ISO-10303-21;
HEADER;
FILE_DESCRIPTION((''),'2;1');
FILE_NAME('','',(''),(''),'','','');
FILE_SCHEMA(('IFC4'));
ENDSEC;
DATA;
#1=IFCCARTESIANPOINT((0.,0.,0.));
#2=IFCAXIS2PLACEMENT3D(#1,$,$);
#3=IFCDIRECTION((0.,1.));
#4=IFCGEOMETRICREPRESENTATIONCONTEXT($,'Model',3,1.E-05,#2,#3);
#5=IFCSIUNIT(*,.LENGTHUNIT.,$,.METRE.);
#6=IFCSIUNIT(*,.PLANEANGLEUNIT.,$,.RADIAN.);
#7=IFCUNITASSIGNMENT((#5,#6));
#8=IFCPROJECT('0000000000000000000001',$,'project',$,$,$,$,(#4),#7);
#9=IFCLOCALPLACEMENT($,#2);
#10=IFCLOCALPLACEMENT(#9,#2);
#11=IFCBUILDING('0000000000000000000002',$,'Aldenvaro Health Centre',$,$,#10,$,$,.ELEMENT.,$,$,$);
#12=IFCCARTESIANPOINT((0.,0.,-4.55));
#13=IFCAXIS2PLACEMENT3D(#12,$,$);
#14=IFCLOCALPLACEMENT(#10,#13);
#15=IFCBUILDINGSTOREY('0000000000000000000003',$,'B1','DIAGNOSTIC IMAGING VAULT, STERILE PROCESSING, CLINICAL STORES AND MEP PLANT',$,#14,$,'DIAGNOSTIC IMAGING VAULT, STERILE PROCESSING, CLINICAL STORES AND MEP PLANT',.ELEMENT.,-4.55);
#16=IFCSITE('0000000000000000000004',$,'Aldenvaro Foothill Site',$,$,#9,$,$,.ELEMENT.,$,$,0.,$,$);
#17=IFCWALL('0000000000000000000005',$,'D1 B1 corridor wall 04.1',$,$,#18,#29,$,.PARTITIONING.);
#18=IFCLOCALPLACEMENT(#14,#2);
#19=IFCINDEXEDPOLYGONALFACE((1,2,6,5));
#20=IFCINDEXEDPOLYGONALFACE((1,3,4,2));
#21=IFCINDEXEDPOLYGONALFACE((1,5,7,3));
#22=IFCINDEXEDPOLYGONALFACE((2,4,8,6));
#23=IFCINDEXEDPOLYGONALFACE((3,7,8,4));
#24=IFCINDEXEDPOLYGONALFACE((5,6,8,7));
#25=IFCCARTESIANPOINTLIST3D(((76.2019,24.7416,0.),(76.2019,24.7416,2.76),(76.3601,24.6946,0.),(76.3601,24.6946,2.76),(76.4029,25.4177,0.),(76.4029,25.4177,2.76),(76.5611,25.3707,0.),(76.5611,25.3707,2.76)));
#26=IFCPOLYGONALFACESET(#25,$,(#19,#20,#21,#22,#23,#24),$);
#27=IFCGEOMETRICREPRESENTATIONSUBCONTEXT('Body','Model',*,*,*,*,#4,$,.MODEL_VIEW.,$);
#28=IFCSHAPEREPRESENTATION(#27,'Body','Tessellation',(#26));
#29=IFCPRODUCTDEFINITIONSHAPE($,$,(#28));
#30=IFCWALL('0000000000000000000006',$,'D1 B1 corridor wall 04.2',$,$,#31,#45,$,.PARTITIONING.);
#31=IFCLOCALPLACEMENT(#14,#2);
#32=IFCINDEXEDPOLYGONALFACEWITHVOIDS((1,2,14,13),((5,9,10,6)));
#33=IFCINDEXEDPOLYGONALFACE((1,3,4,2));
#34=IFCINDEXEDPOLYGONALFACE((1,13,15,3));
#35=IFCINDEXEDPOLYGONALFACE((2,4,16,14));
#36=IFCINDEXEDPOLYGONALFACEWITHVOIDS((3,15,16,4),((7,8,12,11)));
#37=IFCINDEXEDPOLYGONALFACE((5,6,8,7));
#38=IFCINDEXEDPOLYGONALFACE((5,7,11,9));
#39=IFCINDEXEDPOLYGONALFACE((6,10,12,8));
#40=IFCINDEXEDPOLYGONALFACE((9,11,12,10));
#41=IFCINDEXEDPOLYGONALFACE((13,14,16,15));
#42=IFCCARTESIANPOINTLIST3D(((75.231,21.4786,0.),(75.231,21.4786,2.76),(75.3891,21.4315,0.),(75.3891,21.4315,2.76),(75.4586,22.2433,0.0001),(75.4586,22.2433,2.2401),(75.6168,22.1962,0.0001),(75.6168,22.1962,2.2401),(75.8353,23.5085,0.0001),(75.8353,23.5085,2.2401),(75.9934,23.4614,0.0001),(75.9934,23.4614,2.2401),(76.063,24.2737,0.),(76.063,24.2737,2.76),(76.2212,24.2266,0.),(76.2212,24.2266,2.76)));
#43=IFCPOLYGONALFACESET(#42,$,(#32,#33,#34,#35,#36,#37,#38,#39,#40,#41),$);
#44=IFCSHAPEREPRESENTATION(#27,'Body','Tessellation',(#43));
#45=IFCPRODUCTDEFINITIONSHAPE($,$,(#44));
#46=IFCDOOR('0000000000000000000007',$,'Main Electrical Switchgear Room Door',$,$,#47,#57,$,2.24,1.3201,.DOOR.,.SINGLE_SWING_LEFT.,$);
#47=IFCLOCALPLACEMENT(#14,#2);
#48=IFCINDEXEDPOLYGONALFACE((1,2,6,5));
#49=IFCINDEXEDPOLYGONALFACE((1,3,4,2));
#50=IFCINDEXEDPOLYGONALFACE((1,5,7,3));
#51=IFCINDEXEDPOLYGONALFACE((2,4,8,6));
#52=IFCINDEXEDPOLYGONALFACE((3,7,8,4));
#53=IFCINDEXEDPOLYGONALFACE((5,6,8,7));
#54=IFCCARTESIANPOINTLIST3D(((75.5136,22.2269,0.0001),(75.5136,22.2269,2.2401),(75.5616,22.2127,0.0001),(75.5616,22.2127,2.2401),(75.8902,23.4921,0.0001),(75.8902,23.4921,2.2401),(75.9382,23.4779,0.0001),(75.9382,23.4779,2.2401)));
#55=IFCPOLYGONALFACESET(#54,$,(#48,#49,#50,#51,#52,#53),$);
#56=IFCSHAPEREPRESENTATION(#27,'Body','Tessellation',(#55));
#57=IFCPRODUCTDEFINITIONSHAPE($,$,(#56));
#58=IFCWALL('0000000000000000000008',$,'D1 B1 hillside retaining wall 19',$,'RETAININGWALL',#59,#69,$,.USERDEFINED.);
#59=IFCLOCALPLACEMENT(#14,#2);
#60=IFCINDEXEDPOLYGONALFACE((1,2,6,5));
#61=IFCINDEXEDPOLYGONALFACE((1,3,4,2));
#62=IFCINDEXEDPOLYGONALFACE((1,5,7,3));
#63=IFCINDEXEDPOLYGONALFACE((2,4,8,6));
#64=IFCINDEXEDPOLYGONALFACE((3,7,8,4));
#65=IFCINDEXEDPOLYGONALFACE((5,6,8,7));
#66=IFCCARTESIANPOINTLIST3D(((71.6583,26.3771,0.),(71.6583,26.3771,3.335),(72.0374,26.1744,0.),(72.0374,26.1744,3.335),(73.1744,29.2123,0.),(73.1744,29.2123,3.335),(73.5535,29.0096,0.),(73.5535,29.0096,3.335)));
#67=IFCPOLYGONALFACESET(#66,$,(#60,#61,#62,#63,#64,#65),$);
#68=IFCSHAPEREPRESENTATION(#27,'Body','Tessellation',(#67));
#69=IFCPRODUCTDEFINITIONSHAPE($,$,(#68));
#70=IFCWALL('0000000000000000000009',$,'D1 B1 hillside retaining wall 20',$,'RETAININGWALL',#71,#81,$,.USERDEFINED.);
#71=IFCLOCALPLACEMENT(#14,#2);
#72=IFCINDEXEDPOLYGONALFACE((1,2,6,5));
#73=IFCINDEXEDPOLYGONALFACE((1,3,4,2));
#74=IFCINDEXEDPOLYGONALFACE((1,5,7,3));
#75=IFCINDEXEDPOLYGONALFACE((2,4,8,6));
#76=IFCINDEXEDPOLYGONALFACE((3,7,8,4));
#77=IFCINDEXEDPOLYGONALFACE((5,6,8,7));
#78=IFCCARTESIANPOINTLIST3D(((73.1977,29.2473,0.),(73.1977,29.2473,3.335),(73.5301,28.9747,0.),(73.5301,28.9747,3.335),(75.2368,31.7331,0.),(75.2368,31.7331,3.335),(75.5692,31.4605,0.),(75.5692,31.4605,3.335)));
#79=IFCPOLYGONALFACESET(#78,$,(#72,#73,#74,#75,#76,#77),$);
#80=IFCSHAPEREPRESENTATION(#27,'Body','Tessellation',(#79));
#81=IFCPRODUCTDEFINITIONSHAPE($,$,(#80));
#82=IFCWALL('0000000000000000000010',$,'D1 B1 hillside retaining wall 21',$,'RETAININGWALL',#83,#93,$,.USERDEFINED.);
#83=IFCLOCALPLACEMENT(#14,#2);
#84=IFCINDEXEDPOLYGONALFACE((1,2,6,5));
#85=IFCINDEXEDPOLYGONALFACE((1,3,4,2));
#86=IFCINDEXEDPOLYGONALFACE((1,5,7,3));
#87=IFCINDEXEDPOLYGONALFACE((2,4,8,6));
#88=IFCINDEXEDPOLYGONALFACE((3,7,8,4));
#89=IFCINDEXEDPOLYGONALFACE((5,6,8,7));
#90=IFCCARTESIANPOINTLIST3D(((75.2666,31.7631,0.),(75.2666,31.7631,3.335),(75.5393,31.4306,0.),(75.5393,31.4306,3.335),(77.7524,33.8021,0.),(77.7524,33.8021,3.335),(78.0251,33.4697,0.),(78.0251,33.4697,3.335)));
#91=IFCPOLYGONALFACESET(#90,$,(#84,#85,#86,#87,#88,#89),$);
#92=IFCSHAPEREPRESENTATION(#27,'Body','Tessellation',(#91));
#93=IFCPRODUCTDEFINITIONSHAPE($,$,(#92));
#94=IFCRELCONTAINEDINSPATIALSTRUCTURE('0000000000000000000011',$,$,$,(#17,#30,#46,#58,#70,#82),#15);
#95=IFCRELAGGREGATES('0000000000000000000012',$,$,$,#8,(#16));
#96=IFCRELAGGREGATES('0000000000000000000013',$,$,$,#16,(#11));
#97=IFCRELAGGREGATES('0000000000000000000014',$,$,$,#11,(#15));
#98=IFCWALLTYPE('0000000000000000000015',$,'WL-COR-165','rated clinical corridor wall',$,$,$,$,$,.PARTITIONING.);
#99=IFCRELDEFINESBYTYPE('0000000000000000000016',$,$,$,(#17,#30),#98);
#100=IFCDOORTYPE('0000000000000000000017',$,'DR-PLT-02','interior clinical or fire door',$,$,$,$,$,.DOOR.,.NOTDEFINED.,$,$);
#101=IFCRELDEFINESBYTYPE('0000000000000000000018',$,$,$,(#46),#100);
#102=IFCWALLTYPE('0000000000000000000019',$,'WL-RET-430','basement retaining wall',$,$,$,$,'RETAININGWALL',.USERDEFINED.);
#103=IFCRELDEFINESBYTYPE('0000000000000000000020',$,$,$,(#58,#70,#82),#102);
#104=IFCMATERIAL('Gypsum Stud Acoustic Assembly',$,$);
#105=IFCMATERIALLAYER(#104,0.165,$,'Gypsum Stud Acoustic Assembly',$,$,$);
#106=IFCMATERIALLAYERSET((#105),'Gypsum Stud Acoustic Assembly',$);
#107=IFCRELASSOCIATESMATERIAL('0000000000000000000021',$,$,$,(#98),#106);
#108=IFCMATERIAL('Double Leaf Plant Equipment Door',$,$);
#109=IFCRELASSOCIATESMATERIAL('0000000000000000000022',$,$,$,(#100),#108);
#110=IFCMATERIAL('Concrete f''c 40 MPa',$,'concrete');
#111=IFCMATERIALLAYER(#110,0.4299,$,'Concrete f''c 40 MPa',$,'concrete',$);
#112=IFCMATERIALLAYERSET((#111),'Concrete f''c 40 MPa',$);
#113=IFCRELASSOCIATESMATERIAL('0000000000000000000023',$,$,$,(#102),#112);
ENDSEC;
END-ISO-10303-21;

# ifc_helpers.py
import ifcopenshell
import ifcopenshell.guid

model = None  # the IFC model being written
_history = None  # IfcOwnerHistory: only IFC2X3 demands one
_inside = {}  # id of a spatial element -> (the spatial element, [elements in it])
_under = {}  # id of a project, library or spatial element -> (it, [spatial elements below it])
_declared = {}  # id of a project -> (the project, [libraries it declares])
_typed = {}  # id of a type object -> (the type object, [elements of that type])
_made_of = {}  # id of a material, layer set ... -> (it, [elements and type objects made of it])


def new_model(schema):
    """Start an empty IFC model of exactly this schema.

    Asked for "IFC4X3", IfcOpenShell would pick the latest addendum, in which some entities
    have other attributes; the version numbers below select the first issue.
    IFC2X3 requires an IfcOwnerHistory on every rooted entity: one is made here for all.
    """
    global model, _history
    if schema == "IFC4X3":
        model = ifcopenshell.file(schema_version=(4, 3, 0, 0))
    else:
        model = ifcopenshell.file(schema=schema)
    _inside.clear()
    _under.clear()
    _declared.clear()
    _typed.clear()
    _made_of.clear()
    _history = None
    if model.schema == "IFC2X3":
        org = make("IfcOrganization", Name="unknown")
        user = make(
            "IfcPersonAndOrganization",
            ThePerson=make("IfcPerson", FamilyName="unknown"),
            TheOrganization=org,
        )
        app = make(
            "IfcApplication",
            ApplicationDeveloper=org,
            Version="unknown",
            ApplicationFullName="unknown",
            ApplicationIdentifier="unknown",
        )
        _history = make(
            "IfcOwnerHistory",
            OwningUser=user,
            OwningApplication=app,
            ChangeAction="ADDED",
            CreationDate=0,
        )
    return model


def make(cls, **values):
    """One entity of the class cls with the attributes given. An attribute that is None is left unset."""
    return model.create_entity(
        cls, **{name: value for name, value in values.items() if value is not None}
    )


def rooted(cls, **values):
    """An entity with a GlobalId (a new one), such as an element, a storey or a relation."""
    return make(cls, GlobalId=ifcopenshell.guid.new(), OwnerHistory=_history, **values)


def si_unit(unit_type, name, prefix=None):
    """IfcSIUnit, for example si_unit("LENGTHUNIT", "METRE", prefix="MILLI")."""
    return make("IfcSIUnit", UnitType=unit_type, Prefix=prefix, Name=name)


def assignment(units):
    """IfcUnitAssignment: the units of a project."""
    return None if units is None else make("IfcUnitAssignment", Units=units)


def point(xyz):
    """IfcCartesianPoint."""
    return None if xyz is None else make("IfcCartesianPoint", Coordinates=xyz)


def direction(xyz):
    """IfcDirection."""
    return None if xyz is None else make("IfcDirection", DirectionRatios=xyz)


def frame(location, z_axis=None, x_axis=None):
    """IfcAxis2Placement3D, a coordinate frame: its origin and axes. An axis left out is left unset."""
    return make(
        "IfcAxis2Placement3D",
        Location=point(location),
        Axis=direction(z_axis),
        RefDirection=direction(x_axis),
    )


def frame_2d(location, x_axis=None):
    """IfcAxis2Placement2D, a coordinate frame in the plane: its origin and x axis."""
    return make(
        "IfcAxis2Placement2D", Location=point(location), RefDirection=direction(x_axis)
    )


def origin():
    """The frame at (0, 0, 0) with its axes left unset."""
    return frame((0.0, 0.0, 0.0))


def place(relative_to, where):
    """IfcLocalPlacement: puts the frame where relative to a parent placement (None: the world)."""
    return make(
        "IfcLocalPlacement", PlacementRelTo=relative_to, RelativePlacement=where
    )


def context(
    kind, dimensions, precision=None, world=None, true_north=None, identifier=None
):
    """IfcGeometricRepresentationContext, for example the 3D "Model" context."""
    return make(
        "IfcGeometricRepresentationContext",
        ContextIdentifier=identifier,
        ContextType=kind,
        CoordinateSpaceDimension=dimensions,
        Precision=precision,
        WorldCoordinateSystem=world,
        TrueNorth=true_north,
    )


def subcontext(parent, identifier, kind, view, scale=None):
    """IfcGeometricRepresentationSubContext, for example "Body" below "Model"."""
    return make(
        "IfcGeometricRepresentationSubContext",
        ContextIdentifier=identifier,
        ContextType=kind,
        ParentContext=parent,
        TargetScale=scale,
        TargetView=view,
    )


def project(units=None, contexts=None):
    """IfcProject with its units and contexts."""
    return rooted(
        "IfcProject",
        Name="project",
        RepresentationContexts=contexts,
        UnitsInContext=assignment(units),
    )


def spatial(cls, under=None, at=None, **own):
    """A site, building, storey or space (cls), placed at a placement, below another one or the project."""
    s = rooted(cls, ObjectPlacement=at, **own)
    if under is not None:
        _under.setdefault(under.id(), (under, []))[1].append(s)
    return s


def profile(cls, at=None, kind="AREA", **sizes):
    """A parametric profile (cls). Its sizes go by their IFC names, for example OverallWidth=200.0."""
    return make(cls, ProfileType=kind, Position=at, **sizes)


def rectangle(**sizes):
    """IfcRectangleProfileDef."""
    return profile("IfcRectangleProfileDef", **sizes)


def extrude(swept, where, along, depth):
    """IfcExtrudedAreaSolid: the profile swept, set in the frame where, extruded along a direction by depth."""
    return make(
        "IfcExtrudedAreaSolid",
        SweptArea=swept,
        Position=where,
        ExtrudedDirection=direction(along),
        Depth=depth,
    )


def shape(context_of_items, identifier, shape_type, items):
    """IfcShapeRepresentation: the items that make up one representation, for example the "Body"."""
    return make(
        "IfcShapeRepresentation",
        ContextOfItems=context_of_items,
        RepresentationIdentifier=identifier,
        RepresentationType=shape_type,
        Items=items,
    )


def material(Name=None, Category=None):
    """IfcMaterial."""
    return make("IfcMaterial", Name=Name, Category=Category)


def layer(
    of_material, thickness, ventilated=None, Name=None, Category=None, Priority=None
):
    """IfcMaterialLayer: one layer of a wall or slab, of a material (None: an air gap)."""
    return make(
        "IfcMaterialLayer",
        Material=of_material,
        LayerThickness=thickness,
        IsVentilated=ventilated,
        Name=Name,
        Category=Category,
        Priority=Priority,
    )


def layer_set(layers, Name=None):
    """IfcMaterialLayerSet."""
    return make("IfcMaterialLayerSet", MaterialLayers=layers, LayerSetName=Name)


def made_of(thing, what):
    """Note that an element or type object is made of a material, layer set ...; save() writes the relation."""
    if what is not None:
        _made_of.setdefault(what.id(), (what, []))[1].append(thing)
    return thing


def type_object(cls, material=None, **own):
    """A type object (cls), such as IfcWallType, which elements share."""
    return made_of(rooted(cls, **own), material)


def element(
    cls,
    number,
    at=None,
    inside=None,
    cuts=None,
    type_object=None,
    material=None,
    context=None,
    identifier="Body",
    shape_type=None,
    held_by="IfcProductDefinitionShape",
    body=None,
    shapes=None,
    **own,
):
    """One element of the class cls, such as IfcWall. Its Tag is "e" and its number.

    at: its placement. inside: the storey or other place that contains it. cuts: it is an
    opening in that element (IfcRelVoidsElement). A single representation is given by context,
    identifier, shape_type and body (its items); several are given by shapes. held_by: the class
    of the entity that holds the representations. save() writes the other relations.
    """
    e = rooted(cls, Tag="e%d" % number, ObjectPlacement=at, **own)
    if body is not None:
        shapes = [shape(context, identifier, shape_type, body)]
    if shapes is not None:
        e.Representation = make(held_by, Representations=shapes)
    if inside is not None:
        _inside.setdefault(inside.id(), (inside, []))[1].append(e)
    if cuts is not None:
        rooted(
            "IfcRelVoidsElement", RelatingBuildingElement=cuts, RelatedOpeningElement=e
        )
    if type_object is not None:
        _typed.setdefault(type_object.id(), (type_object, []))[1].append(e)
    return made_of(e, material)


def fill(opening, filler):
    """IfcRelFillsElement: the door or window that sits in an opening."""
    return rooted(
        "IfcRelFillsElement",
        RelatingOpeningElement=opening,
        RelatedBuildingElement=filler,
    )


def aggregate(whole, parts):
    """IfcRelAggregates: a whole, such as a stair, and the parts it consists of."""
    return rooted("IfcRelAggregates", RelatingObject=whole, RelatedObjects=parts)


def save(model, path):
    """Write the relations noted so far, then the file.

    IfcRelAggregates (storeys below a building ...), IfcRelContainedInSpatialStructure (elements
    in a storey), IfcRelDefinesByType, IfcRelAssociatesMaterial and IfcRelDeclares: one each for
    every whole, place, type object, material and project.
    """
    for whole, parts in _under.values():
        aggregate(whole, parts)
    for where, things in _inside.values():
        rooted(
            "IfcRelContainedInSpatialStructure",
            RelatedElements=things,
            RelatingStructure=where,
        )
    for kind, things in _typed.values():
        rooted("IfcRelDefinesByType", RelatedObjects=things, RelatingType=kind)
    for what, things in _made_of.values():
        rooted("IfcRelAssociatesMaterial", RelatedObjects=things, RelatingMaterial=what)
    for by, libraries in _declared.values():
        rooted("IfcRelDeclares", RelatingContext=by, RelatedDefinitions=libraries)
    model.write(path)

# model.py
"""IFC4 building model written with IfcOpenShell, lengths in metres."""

from ifc_helpers import new_model, si_unit, direction, frame, frame_2d, origin, place, context, subcontext, project, spatial, rectangle, extrude, material, layer, layer_set, type_object, element, fill, save


model = new_model("IFC4")

# Units and contexts
model_context = context("Model", 3, precision=1e-05, world=origin(), true_north=direction((0.0, 1.0)))
body_context = subcontext(model_context, "Body", "Model", "MODEL_VIEW")
ifc_project = project(units=[si_unit("LENGTHUNIT", "METRE"), si_unit("PLANEANGLEUNIT", "RADIAN")], contexts=[model_context])

# Site, building, storey
site_placement = place(None, origin())
site = spatial("IfcSite", under=ifc_project, at=site_placement, Name="Aldenvaro Foothill Site", CompositionType="ELEMENT", RefElevation=0.0)
building_placement = place(site_placement, origin())
building = spatial("IfcBuilding", under=site, at=building_placement, Name="Aldenvaro Health Centre", CompositionType="ELEMENT")
storey_placement = place(building_placement, frame((0.0, 0.0, -4.55)))
storey = spatial("IfcBuildingStorey", under=building, at=storey_placement, Name="B1", Description="DIAGNOSTIC IMAGING VAULT, STERILE PROCESSING, CLINICAL STORES AND MEP PLANT", LongName="DIAGNOSTIC IMAGING VAULT, STERILE PROCESSING, CLINICAL STORES AND MEP PLANT", CompositionType="ELEMENT", Elevation=-4.55)

# Shared definitions
ifc_material_1 = material(Name="Concrete f'c 40 MPa", Category="concrete")

# Wall
ifc_material_2 = material(Name="Gypsum Stud Acoustic Assembly")
ifc_layer_1 = layer(ifc_material_2, 0.165, Name="Gypsum Stud Acoustic Assembly")
ifc_layer_set_1 = layer_set([ifc_layer_1], Name="Gypsum Stud Acoustic Assembly")
wall_type_1 = type_object("IfcWallType", Name="WL-COR-165", Description="rated clinical corridor wall", PredefinedType="PARTITIONING", material=ifc_layer_set_1)
wall_1_placement = place(storey_placement, frame((76.4819, 25.394, 0.0), z_axis=(0.0, 0.0, 1.0), x_axis=(-0.284901, -0.958557, 0.0)))
element("IfcWall", 1, at=wall_1_placement, inside=storey, type_object=wall_type_1, Name="D1 B1 corridor wall 04.1", PredefinedType="PARTITIONING", context=body_context, shape_type="SweptSolid", body=[
    extrude(rectangle(XDim=0.7053, YDim=0.165, at=frame_2d((0.3525, 0.0))), origin(), (0.0, 0.0, 1.0), 2.76),
])

# Wall, opening, door
wall_2_placement = place(storey_placement, frame((76.1421, 24.25, 0.0), z_axis=(0.0, 0.0, 1.0), x_axis=(-0.28532, -0.958432, 0.0)))
wall_2 = element("IfcWall", 2, at=wall_2_placement, inside=storey, type_object=wall_type_1, Name="D1 B1 corridor wall 04.2", PredefinedType="PARTITIONING", context=body_context, shape_type="SweptSolid", body=[
    extrude(rectangle(XDim=2.9163, YDim=0.165, at=frame_2d((1.458, 0.0))), origin(), (0.0, 0.0, 1.0), 2.76),
])
opening_placement = place(wall_2_placement, frame((0.7981, 0.0, 0.0)))
opening = element("IfcOpeningElement", 3, at=opening_placement, cuts=wall_2, PredefinedType="OPENING", context=body_context, shape_type="SweptSolid", body=[
    extrude(rectangle(XDim=1.3201, YDim=2.24, at=frame_2d((0.6602, 1.1201))), frame((0.0, 0.0925, 0.0), z_axis=(0.0, -1.0, 0.0), x_axis=(1.0, 0.0, 0.0)), (0.0, 0.0, 1.0), 0.1851),
])
ifc_material_3 = material(Name="Double Leaf Plant Equipment Door")
door_type = type_object("IfcDoorType", Name="DR-PLT-02", Description="interior clinical or fire door", OperationType="NOTDEFINED", PredefinedType="DOOR", material=ifc_material_3)
door_placement = place(opening_placement, origin())
door = element("IfcDoor", 4, at=door_placement, inside=storey, type_object=door_type, Name="Main Electrical Switchgear Room Door", OperationType="SINGLE_SWING_LEFT", OverallHeight=2.24, OverallWidth=1.3201, PredefinedType="DOOR", context=body_context, shape_type="SweptSolid", body=[
    extrude(rectangle(XDim=1.3201, YDim=2.24, at=frame_2d((0.6602, 1.1201))), frame((0.0, 0.0249, 0.0), z_axis=(0.0, -1.0, 0.0), x_axis=(1.0, 0.0, 0.0)), (0.0, 0.0, 1.0), 0.05),
])
fill(opening, door)

# Walls
ifc_layer_2 = layer(ifc_material_1, 0.4299, Name="Concrete f'c 40 MPa", Category="concrete")
ifc_layer_set_2 = layer_set([ifc_layer_2], Name="Concrete f'c 40 MPa")
wall_type_2 = type_object("IfcWallType", Name="WL-RET-430", Description="basement retaining wall", ElementType="RETAININGWALL", PredefinedType="USERDEFINED", material=ifc_layer_set_2)
for number, where, z_axis, x_axis, name in (
    (5, (71.8479, 26.2759, 0.0), (0.0, 0.0, 1.0), (0.471558, 0.881835, 0.0), "D1 B1 hillside retaining wall 19"),
    (6, (73.364, 29.1111, 0.0), (0.0, 0.0, 1.0), (0.634205, 0.773165, 0.0), "D1 B1 hillside retaining wall 20"),
    (7, (75.4031, 31.5969, 0.0), (0.0, 0.0, 1.0), (0.773165, 0.634205, 0.0), "D1 B1 hillside retaining wall 21"),
):
    element("IfcWall", number, at=place(storey_placement, frame(where, z_axis=z_axis, x_axis=x_axis)), inside=storey, type_object=wall_type_2, Name=name, ObjectType="RETAININGWALL", PredefinedType="USERDEFINED", context=body_context, shape_type="SweptSolid", body=[
        extrude(rectangle(XDim=3.2151, YDim=0.4299, at=frame_2d((1.6074, 0.0))), origin(), (0.0, 0.0, 1.0), 3.335),
    ])

save(model, "model.ifc")
